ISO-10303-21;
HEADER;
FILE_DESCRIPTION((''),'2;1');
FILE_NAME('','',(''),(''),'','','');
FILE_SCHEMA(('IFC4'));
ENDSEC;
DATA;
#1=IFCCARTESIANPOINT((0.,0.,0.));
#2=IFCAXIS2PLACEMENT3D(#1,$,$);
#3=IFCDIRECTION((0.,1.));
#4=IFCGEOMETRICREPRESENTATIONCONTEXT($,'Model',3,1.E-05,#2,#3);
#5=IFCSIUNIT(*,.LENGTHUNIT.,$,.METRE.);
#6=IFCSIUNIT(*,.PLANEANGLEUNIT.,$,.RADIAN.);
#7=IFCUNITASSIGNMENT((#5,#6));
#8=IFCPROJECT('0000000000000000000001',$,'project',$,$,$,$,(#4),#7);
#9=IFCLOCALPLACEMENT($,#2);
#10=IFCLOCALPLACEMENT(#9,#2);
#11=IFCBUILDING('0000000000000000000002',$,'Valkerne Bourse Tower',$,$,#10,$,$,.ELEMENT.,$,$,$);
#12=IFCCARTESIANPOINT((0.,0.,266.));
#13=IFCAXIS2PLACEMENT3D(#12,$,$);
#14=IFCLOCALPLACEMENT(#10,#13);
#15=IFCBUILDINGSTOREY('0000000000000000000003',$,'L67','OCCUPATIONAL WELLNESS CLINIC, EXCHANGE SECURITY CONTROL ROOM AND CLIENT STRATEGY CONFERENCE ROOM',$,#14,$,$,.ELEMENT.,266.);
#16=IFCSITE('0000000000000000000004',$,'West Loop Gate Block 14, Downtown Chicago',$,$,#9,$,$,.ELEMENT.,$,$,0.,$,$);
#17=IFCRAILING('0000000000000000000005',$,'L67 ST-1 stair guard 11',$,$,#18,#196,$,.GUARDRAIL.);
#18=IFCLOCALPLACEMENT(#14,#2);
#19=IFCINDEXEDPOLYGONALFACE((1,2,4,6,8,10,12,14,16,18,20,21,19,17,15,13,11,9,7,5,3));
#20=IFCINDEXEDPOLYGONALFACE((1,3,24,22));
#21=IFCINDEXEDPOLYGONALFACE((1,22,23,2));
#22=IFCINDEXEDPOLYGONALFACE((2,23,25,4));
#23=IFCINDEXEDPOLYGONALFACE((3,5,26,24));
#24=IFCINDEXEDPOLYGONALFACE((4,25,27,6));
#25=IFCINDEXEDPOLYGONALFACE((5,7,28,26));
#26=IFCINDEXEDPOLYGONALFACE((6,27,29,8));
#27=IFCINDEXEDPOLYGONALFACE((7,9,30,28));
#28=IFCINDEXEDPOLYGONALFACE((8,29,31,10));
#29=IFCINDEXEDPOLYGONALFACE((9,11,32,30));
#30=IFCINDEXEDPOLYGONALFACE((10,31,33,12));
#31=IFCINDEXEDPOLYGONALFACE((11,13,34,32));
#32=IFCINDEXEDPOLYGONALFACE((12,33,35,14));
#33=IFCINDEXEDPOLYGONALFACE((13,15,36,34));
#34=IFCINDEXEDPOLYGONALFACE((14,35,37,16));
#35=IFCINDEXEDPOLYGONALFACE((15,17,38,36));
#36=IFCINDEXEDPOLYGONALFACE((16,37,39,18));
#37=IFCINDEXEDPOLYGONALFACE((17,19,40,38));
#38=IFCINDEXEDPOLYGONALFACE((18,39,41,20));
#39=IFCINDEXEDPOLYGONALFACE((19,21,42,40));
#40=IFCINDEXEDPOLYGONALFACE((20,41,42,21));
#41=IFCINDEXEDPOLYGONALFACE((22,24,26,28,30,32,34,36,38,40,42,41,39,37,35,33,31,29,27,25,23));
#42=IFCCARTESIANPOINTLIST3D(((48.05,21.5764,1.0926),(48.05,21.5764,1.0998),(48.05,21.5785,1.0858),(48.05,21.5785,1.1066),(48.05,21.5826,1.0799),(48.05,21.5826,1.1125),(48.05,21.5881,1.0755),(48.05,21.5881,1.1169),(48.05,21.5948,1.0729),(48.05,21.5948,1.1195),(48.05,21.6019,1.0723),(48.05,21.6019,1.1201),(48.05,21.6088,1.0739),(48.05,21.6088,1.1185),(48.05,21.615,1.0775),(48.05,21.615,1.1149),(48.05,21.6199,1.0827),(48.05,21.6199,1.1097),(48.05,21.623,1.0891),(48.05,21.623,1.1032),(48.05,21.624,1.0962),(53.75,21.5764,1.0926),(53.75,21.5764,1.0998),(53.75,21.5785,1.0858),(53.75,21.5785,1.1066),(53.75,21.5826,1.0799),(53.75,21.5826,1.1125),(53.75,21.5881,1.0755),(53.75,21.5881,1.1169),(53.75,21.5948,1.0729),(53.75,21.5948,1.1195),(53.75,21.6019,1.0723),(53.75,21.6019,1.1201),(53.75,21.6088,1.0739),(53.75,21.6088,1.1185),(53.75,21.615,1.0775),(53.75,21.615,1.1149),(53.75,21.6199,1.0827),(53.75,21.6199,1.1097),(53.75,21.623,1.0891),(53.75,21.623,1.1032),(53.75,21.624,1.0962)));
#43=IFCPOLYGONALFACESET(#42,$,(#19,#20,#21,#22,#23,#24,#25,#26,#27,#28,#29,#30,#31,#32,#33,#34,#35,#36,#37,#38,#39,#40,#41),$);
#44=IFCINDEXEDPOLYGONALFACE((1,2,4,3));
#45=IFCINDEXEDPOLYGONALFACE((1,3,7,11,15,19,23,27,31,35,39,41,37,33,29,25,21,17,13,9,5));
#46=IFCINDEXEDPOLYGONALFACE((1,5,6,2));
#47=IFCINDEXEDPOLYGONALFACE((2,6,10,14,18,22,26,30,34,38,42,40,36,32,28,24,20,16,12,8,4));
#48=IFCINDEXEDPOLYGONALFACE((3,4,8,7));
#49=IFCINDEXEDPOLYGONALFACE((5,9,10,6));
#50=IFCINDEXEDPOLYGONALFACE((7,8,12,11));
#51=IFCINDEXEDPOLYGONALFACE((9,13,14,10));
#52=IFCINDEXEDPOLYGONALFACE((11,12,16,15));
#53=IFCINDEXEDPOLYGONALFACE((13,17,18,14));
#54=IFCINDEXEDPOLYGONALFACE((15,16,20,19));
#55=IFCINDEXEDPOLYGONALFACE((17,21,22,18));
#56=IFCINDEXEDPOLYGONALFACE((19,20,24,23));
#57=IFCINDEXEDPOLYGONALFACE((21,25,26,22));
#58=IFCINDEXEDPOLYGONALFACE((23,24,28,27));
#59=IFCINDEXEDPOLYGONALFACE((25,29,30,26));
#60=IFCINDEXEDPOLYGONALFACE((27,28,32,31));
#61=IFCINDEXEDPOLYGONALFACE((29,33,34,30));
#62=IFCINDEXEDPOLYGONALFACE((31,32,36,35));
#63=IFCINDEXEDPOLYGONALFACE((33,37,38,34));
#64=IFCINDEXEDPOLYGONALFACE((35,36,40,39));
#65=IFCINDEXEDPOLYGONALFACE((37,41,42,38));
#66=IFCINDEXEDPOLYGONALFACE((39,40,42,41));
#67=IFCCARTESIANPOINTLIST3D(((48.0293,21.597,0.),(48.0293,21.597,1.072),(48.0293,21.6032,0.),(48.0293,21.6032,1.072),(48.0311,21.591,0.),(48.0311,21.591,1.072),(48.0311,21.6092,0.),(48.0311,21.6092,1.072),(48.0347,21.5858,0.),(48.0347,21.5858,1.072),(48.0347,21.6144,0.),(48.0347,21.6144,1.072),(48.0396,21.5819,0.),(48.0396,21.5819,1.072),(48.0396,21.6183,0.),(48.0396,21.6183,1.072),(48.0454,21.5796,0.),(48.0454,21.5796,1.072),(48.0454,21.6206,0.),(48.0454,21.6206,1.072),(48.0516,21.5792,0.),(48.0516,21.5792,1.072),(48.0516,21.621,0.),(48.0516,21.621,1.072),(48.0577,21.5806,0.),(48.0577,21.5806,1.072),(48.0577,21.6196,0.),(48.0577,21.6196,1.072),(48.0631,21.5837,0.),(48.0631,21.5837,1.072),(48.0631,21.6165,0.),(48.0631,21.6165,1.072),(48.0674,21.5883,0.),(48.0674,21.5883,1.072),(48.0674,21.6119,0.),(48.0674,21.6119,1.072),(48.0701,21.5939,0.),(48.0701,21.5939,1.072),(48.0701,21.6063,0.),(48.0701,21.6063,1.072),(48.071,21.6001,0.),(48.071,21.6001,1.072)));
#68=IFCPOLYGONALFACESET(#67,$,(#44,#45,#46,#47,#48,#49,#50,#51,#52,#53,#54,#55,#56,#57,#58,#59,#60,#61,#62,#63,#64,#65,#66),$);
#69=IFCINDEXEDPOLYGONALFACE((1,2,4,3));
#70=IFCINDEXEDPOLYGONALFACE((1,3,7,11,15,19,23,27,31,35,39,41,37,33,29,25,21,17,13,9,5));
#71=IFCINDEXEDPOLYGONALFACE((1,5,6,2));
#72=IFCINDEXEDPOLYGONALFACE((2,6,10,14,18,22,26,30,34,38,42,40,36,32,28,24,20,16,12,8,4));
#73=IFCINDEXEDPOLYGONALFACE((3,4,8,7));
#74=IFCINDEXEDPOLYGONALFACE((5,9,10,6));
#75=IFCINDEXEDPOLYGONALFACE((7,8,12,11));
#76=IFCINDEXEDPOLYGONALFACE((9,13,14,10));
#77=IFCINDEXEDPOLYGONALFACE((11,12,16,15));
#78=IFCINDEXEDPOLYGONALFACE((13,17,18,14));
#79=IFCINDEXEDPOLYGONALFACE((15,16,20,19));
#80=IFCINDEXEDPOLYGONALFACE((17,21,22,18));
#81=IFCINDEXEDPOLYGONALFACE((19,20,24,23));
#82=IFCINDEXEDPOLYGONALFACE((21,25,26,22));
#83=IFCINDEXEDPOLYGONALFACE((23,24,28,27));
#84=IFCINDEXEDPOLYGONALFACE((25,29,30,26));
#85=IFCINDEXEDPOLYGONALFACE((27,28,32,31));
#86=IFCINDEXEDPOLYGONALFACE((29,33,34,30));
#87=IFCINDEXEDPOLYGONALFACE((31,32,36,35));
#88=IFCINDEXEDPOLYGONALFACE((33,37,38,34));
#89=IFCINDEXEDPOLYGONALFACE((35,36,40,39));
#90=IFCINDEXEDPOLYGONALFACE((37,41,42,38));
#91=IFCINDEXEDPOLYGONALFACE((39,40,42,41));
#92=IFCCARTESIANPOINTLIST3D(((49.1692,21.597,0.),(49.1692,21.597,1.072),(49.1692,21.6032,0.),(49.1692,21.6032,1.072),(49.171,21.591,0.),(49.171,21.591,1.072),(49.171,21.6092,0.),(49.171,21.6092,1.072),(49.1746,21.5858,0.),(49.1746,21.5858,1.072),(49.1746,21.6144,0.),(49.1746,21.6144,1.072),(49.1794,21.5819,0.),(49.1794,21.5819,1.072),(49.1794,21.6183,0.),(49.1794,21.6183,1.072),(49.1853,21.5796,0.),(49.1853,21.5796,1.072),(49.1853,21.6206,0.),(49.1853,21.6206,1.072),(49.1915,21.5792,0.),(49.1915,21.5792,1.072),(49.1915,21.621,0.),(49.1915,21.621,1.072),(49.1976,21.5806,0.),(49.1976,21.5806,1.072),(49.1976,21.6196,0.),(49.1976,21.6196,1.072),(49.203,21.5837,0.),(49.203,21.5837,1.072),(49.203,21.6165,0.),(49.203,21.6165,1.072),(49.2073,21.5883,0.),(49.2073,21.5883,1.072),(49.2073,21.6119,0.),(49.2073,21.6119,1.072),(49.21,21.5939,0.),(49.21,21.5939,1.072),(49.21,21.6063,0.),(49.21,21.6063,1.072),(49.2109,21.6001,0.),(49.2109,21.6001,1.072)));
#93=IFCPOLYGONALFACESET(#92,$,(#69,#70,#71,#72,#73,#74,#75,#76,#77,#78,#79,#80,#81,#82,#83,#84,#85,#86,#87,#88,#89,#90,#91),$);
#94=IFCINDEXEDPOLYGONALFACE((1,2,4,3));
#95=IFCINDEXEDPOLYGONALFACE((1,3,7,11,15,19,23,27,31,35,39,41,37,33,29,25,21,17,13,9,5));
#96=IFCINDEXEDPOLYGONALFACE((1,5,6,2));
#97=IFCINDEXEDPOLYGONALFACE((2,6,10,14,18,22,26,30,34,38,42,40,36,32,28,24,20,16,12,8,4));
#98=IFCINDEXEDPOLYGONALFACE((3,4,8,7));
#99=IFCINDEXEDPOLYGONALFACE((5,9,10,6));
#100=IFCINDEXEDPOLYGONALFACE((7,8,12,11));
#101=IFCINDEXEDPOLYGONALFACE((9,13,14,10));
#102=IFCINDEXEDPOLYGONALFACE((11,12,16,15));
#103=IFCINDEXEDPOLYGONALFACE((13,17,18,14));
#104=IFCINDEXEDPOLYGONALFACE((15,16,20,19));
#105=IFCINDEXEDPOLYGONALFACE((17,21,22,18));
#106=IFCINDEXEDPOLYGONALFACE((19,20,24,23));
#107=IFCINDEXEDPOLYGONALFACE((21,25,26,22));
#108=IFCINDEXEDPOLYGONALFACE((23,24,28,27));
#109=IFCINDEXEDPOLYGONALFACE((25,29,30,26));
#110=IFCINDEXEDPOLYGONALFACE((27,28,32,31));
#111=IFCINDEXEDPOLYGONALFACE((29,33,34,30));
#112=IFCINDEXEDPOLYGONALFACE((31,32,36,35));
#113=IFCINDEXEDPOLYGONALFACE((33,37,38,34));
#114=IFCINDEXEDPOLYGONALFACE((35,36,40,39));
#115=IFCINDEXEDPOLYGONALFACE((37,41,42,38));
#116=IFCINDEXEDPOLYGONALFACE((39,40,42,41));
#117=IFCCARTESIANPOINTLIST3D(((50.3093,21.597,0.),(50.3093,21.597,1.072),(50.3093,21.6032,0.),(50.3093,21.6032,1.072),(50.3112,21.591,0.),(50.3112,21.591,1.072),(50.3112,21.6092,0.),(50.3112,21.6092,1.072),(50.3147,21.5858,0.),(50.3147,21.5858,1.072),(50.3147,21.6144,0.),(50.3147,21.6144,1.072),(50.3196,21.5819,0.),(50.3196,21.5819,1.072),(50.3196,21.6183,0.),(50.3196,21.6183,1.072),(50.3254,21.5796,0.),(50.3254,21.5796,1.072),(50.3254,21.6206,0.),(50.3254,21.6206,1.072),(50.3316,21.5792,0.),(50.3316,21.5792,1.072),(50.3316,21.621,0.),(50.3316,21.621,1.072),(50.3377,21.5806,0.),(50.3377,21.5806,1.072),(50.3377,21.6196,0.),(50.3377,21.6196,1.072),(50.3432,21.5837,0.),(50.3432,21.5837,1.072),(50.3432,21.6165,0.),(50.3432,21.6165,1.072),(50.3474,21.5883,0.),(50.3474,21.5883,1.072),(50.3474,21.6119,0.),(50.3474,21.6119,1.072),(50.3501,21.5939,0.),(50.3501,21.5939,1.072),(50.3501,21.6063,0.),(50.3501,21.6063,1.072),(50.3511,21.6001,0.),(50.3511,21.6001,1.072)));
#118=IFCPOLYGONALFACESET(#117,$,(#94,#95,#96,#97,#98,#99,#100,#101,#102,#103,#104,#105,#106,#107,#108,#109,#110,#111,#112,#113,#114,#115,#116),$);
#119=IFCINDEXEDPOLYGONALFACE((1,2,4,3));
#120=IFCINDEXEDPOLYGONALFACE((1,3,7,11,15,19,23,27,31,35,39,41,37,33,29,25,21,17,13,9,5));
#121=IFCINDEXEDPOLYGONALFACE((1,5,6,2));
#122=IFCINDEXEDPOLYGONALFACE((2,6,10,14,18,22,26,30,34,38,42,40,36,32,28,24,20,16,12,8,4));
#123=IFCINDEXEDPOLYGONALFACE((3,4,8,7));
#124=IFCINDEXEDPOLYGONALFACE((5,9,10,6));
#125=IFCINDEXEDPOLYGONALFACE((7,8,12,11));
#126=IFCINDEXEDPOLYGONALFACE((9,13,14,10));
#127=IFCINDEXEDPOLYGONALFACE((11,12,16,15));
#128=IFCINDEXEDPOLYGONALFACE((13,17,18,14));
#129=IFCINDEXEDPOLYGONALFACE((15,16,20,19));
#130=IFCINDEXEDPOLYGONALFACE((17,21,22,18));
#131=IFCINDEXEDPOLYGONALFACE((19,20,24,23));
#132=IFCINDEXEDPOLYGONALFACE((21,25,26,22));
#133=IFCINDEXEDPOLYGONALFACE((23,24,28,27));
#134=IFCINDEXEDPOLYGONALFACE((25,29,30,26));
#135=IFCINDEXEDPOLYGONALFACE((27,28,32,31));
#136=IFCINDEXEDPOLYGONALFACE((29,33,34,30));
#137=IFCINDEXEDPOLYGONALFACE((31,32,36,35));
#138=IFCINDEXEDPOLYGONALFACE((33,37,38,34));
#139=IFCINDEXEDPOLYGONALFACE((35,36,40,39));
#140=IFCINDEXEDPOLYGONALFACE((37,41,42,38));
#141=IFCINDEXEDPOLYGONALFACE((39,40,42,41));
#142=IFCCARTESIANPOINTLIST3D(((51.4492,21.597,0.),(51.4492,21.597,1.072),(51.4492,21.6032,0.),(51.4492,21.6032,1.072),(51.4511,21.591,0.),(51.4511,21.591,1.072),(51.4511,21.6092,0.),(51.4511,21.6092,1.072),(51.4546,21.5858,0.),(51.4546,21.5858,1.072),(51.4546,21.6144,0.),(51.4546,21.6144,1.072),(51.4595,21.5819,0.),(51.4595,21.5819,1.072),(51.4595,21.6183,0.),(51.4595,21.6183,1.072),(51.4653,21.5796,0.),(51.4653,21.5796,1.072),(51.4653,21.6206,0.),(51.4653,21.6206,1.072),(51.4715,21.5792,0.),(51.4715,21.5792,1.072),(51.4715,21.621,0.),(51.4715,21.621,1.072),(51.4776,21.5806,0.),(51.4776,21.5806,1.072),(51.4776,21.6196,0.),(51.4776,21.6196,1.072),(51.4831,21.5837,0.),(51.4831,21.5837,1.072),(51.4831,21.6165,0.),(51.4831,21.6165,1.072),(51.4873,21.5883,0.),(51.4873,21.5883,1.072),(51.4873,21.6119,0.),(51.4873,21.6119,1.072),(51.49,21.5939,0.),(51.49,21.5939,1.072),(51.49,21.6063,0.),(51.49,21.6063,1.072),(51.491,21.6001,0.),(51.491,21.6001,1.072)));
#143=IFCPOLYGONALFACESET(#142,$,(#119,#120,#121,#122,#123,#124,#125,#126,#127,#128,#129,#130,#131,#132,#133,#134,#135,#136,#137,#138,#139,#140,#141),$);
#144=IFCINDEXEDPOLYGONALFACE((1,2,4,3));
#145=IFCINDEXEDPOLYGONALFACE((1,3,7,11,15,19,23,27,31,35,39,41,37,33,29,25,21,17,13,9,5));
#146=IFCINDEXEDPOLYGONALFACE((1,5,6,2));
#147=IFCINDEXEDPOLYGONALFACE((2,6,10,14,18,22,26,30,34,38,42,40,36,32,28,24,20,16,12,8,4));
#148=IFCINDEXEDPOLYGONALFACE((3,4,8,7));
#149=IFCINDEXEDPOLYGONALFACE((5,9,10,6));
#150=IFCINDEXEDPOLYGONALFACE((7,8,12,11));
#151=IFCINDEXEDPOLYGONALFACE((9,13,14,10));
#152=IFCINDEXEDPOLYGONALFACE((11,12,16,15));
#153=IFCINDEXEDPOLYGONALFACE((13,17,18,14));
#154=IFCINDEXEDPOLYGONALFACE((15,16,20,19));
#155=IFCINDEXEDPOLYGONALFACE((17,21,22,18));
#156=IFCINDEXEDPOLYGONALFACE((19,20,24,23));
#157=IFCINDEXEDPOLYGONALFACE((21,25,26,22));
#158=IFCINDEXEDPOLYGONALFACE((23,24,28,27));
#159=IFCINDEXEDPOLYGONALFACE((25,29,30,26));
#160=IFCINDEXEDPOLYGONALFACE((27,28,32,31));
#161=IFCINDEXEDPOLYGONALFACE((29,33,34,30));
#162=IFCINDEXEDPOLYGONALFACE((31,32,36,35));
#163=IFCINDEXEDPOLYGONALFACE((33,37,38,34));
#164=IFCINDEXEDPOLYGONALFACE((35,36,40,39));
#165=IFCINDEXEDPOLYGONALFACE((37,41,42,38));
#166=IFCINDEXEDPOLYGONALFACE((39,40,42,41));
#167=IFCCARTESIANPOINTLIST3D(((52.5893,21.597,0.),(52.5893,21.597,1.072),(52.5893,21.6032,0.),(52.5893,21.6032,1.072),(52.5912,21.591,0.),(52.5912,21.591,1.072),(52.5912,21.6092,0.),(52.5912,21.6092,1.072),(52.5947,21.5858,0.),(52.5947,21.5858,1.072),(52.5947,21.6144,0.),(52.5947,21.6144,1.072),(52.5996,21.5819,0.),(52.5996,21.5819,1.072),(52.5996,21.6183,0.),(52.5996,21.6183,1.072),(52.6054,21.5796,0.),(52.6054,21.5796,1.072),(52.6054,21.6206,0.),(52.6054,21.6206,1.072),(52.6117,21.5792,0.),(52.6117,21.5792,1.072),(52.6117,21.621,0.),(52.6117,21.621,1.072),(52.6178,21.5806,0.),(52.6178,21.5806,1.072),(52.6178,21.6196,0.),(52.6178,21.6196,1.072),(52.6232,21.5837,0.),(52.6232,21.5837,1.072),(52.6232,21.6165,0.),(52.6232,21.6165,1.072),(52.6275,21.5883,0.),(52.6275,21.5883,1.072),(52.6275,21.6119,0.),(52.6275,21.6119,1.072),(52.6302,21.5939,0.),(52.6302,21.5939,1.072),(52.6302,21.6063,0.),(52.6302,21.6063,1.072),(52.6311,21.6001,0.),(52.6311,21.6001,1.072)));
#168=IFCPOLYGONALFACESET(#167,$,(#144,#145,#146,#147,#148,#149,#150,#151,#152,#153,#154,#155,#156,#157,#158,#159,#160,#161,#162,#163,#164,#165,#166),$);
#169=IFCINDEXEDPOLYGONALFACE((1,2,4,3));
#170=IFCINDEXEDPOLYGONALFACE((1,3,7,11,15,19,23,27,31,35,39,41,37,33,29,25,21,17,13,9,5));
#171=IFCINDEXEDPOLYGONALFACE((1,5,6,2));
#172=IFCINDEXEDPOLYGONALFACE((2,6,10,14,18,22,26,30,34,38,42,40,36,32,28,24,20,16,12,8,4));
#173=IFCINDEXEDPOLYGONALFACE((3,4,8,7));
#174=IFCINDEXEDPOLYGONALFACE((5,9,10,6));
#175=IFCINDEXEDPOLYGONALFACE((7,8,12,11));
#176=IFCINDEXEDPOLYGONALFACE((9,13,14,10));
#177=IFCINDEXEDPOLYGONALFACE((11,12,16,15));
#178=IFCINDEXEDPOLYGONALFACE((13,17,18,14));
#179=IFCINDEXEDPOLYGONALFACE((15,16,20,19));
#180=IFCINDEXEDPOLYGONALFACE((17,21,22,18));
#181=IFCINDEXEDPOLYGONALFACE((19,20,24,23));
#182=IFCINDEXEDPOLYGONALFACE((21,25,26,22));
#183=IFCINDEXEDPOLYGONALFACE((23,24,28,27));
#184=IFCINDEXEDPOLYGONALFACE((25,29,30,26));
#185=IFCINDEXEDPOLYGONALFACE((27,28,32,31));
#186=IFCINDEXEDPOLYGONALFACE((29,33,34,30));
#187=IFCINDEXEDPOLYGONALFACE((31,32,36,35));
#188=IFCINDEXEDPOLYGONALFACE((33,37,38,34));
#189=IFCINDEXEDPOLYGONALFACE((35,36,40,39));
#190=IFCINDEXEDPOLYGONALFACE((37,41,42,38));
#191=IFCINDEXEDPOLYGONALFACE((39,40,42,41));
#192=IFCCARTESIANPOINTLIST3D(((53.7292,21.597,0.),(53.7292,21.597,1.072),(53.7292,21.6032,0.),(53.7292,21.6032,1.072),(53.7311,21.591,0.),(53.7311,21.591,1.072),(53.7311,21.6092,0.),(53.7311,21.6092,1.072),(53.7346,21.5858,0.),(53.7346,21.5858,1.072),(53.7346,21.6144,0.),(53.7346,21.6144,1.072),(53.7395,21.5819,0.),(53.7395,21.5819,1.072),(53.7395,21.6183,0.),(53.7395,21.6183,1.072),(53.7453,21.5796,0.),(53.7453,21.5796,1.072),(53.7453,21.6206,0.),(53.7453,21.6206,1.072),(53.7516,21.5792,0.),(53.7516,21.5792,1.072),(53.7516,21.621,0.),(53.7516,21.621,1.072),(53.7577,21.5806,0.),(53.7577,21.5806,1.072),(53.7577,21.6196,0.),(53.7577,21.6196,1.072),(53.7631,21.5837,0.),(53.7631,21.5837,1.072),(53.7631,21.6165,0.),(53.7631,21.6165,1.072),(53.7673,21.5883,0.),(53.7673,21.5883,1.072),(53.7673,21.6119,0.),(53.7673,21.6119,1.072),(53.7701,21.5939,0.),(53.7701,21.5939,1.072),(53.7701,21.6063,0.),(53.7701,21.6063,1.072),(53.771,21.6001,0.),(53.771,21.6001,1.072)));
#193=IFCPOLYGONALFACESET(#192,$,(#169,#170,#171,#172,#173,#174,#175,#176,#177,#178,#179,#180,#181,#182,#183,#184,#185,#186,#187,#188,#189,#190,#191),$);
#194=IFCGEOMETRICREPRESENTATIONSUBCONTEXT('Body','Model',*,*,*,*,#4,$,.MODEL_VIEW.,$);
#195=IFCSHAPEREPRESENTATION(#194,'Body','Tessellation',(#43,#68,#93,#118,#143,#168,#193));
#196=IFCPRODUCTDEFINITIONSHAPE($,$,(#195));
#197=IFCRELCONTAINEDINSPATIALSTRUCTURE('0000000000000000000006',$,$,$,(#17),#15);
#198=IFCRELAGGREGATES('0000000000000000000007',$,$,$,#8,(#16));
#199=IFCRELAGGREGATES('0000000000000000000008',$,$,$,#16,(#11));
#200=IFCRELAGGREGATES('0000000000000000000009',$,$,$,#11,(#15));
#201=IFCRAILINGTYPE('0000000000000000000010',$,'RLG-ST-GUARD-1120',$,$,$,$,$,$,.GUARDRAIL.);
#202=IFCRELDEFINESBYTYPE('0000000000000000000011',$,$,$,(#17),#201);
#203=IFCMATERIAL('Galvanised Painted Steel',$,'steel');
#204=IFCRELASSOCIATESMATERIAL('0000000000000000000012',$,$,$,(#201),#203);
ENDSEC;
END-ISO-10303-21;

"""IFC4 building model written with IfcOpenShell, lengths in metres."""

from ifc_helpers import new_model, si_unit, direction, frame, origin, origin_2d, place, context, subcontext, project, spatial, circle, extrude, material, type_object, element, save


model = new_model("IFC4")

# Units and contexts
model_context = context("Model", 3, precision=1e-05, world=origin(), true_north=direction((0.0, 1.0)))
body_context = subcontext(model_context, "Body", "Model", "MODEL_VIEW")
ifc_project = project(units=[si_unit("LENGTHUNIT", "METRE"), si_unit("PLANEANGLEUNIT", "RADIAN")], contexts=[model_context])

# Site, building, storey
site_placement = place(None, origin())
site = spatial("IfcSite", under=ifc_project, at=site_placement, Name="West Loop Gate Block 14, Downtown Chicago", CompositionType="ELEMENT", RefElevation=0.0)
building_placement = place(site_placement, origin())
building = spatial("IfcBuilding", under=site, at=building_placement, Name="Valkerne Bourse Tower", CompositionType="ELEMENT")
storey_placement = place(building_placement, frame((0.0, 0.0, 266.0)))
storey = spatial("IfcBuildingStorey", under=building, at=storey_placement, Name="L67", Description="OCCUPATIONAL WELLNESS CLINIC, EXCHANGE SECURITY CONTROL ROOM AND CLIENT STRATEGY CONFERENCE ROOM", CompositionType="ELEMENT", Elevation=266.0)

# Shared definitions
ifc_material_1 = material(Name="Galvanised Painted Steel", Category="steel")

# Railing
railing_type_1 = type_object("IfcRailingType", Name="RLG-ST-GUARD-1120", PredefinedType="GUARDRAIL", material=ifc_material_1)
railing_1_placement = place(storey_placement, frame((48.05, 21.6001, 0.0)))
element("IfcRailing", 1, at=railing_1_placement, inside=storey, type_object=railing_type_1, Name="L67 ST-1 stair guard 11", PredefinedType="GUARDRAIL", context=body_context, shape_type="SweptSolid", body=[
    extrude(circle(Radius=0.0239, at=origin_2d()), frame((0.0, 0.0, 1.0962), z_axis=(1.0, 0.0, 0.0), x_axis=(0.0, 1.0, 0.0)), (0.0, 0.0, 1.0), 5.7),
    extrude(circle(Radius=0.021, at=origin_2d()), origin(), (0.0, 0.0, 1.0), 1.072),
    extrude(circle(Radius=0.021, at=origin_2d()), frame((1.1399, 0.0, 0.0)), (0.0, 0.0, 1.0), 1.072),
    extrude(circle(Radius=0.021, at=origin_2d()), frame((2.28, 0.0, 0.0)), (0.0, 0.0, 1.0), 1.072),
    extrude(circle(Radius=0.021, at=origin_2d()), frame((3.4199, 0.0, 0.0)), (0.0, 0.0, 1.0), 1.072),
    extrude(circle(Radius=0.021, at=origin_2d()), frame((4.5601, 0.0, 0.0)), (0.0, 0.0, 1.0), 1.072),
    extrude(circle(Radius=0.021, at=origin_2d()), frame((5.7, 0.0, 0.0)), (0.0, 0.0, 1.0), 1.072),
])

save(model, "model.ifc")
